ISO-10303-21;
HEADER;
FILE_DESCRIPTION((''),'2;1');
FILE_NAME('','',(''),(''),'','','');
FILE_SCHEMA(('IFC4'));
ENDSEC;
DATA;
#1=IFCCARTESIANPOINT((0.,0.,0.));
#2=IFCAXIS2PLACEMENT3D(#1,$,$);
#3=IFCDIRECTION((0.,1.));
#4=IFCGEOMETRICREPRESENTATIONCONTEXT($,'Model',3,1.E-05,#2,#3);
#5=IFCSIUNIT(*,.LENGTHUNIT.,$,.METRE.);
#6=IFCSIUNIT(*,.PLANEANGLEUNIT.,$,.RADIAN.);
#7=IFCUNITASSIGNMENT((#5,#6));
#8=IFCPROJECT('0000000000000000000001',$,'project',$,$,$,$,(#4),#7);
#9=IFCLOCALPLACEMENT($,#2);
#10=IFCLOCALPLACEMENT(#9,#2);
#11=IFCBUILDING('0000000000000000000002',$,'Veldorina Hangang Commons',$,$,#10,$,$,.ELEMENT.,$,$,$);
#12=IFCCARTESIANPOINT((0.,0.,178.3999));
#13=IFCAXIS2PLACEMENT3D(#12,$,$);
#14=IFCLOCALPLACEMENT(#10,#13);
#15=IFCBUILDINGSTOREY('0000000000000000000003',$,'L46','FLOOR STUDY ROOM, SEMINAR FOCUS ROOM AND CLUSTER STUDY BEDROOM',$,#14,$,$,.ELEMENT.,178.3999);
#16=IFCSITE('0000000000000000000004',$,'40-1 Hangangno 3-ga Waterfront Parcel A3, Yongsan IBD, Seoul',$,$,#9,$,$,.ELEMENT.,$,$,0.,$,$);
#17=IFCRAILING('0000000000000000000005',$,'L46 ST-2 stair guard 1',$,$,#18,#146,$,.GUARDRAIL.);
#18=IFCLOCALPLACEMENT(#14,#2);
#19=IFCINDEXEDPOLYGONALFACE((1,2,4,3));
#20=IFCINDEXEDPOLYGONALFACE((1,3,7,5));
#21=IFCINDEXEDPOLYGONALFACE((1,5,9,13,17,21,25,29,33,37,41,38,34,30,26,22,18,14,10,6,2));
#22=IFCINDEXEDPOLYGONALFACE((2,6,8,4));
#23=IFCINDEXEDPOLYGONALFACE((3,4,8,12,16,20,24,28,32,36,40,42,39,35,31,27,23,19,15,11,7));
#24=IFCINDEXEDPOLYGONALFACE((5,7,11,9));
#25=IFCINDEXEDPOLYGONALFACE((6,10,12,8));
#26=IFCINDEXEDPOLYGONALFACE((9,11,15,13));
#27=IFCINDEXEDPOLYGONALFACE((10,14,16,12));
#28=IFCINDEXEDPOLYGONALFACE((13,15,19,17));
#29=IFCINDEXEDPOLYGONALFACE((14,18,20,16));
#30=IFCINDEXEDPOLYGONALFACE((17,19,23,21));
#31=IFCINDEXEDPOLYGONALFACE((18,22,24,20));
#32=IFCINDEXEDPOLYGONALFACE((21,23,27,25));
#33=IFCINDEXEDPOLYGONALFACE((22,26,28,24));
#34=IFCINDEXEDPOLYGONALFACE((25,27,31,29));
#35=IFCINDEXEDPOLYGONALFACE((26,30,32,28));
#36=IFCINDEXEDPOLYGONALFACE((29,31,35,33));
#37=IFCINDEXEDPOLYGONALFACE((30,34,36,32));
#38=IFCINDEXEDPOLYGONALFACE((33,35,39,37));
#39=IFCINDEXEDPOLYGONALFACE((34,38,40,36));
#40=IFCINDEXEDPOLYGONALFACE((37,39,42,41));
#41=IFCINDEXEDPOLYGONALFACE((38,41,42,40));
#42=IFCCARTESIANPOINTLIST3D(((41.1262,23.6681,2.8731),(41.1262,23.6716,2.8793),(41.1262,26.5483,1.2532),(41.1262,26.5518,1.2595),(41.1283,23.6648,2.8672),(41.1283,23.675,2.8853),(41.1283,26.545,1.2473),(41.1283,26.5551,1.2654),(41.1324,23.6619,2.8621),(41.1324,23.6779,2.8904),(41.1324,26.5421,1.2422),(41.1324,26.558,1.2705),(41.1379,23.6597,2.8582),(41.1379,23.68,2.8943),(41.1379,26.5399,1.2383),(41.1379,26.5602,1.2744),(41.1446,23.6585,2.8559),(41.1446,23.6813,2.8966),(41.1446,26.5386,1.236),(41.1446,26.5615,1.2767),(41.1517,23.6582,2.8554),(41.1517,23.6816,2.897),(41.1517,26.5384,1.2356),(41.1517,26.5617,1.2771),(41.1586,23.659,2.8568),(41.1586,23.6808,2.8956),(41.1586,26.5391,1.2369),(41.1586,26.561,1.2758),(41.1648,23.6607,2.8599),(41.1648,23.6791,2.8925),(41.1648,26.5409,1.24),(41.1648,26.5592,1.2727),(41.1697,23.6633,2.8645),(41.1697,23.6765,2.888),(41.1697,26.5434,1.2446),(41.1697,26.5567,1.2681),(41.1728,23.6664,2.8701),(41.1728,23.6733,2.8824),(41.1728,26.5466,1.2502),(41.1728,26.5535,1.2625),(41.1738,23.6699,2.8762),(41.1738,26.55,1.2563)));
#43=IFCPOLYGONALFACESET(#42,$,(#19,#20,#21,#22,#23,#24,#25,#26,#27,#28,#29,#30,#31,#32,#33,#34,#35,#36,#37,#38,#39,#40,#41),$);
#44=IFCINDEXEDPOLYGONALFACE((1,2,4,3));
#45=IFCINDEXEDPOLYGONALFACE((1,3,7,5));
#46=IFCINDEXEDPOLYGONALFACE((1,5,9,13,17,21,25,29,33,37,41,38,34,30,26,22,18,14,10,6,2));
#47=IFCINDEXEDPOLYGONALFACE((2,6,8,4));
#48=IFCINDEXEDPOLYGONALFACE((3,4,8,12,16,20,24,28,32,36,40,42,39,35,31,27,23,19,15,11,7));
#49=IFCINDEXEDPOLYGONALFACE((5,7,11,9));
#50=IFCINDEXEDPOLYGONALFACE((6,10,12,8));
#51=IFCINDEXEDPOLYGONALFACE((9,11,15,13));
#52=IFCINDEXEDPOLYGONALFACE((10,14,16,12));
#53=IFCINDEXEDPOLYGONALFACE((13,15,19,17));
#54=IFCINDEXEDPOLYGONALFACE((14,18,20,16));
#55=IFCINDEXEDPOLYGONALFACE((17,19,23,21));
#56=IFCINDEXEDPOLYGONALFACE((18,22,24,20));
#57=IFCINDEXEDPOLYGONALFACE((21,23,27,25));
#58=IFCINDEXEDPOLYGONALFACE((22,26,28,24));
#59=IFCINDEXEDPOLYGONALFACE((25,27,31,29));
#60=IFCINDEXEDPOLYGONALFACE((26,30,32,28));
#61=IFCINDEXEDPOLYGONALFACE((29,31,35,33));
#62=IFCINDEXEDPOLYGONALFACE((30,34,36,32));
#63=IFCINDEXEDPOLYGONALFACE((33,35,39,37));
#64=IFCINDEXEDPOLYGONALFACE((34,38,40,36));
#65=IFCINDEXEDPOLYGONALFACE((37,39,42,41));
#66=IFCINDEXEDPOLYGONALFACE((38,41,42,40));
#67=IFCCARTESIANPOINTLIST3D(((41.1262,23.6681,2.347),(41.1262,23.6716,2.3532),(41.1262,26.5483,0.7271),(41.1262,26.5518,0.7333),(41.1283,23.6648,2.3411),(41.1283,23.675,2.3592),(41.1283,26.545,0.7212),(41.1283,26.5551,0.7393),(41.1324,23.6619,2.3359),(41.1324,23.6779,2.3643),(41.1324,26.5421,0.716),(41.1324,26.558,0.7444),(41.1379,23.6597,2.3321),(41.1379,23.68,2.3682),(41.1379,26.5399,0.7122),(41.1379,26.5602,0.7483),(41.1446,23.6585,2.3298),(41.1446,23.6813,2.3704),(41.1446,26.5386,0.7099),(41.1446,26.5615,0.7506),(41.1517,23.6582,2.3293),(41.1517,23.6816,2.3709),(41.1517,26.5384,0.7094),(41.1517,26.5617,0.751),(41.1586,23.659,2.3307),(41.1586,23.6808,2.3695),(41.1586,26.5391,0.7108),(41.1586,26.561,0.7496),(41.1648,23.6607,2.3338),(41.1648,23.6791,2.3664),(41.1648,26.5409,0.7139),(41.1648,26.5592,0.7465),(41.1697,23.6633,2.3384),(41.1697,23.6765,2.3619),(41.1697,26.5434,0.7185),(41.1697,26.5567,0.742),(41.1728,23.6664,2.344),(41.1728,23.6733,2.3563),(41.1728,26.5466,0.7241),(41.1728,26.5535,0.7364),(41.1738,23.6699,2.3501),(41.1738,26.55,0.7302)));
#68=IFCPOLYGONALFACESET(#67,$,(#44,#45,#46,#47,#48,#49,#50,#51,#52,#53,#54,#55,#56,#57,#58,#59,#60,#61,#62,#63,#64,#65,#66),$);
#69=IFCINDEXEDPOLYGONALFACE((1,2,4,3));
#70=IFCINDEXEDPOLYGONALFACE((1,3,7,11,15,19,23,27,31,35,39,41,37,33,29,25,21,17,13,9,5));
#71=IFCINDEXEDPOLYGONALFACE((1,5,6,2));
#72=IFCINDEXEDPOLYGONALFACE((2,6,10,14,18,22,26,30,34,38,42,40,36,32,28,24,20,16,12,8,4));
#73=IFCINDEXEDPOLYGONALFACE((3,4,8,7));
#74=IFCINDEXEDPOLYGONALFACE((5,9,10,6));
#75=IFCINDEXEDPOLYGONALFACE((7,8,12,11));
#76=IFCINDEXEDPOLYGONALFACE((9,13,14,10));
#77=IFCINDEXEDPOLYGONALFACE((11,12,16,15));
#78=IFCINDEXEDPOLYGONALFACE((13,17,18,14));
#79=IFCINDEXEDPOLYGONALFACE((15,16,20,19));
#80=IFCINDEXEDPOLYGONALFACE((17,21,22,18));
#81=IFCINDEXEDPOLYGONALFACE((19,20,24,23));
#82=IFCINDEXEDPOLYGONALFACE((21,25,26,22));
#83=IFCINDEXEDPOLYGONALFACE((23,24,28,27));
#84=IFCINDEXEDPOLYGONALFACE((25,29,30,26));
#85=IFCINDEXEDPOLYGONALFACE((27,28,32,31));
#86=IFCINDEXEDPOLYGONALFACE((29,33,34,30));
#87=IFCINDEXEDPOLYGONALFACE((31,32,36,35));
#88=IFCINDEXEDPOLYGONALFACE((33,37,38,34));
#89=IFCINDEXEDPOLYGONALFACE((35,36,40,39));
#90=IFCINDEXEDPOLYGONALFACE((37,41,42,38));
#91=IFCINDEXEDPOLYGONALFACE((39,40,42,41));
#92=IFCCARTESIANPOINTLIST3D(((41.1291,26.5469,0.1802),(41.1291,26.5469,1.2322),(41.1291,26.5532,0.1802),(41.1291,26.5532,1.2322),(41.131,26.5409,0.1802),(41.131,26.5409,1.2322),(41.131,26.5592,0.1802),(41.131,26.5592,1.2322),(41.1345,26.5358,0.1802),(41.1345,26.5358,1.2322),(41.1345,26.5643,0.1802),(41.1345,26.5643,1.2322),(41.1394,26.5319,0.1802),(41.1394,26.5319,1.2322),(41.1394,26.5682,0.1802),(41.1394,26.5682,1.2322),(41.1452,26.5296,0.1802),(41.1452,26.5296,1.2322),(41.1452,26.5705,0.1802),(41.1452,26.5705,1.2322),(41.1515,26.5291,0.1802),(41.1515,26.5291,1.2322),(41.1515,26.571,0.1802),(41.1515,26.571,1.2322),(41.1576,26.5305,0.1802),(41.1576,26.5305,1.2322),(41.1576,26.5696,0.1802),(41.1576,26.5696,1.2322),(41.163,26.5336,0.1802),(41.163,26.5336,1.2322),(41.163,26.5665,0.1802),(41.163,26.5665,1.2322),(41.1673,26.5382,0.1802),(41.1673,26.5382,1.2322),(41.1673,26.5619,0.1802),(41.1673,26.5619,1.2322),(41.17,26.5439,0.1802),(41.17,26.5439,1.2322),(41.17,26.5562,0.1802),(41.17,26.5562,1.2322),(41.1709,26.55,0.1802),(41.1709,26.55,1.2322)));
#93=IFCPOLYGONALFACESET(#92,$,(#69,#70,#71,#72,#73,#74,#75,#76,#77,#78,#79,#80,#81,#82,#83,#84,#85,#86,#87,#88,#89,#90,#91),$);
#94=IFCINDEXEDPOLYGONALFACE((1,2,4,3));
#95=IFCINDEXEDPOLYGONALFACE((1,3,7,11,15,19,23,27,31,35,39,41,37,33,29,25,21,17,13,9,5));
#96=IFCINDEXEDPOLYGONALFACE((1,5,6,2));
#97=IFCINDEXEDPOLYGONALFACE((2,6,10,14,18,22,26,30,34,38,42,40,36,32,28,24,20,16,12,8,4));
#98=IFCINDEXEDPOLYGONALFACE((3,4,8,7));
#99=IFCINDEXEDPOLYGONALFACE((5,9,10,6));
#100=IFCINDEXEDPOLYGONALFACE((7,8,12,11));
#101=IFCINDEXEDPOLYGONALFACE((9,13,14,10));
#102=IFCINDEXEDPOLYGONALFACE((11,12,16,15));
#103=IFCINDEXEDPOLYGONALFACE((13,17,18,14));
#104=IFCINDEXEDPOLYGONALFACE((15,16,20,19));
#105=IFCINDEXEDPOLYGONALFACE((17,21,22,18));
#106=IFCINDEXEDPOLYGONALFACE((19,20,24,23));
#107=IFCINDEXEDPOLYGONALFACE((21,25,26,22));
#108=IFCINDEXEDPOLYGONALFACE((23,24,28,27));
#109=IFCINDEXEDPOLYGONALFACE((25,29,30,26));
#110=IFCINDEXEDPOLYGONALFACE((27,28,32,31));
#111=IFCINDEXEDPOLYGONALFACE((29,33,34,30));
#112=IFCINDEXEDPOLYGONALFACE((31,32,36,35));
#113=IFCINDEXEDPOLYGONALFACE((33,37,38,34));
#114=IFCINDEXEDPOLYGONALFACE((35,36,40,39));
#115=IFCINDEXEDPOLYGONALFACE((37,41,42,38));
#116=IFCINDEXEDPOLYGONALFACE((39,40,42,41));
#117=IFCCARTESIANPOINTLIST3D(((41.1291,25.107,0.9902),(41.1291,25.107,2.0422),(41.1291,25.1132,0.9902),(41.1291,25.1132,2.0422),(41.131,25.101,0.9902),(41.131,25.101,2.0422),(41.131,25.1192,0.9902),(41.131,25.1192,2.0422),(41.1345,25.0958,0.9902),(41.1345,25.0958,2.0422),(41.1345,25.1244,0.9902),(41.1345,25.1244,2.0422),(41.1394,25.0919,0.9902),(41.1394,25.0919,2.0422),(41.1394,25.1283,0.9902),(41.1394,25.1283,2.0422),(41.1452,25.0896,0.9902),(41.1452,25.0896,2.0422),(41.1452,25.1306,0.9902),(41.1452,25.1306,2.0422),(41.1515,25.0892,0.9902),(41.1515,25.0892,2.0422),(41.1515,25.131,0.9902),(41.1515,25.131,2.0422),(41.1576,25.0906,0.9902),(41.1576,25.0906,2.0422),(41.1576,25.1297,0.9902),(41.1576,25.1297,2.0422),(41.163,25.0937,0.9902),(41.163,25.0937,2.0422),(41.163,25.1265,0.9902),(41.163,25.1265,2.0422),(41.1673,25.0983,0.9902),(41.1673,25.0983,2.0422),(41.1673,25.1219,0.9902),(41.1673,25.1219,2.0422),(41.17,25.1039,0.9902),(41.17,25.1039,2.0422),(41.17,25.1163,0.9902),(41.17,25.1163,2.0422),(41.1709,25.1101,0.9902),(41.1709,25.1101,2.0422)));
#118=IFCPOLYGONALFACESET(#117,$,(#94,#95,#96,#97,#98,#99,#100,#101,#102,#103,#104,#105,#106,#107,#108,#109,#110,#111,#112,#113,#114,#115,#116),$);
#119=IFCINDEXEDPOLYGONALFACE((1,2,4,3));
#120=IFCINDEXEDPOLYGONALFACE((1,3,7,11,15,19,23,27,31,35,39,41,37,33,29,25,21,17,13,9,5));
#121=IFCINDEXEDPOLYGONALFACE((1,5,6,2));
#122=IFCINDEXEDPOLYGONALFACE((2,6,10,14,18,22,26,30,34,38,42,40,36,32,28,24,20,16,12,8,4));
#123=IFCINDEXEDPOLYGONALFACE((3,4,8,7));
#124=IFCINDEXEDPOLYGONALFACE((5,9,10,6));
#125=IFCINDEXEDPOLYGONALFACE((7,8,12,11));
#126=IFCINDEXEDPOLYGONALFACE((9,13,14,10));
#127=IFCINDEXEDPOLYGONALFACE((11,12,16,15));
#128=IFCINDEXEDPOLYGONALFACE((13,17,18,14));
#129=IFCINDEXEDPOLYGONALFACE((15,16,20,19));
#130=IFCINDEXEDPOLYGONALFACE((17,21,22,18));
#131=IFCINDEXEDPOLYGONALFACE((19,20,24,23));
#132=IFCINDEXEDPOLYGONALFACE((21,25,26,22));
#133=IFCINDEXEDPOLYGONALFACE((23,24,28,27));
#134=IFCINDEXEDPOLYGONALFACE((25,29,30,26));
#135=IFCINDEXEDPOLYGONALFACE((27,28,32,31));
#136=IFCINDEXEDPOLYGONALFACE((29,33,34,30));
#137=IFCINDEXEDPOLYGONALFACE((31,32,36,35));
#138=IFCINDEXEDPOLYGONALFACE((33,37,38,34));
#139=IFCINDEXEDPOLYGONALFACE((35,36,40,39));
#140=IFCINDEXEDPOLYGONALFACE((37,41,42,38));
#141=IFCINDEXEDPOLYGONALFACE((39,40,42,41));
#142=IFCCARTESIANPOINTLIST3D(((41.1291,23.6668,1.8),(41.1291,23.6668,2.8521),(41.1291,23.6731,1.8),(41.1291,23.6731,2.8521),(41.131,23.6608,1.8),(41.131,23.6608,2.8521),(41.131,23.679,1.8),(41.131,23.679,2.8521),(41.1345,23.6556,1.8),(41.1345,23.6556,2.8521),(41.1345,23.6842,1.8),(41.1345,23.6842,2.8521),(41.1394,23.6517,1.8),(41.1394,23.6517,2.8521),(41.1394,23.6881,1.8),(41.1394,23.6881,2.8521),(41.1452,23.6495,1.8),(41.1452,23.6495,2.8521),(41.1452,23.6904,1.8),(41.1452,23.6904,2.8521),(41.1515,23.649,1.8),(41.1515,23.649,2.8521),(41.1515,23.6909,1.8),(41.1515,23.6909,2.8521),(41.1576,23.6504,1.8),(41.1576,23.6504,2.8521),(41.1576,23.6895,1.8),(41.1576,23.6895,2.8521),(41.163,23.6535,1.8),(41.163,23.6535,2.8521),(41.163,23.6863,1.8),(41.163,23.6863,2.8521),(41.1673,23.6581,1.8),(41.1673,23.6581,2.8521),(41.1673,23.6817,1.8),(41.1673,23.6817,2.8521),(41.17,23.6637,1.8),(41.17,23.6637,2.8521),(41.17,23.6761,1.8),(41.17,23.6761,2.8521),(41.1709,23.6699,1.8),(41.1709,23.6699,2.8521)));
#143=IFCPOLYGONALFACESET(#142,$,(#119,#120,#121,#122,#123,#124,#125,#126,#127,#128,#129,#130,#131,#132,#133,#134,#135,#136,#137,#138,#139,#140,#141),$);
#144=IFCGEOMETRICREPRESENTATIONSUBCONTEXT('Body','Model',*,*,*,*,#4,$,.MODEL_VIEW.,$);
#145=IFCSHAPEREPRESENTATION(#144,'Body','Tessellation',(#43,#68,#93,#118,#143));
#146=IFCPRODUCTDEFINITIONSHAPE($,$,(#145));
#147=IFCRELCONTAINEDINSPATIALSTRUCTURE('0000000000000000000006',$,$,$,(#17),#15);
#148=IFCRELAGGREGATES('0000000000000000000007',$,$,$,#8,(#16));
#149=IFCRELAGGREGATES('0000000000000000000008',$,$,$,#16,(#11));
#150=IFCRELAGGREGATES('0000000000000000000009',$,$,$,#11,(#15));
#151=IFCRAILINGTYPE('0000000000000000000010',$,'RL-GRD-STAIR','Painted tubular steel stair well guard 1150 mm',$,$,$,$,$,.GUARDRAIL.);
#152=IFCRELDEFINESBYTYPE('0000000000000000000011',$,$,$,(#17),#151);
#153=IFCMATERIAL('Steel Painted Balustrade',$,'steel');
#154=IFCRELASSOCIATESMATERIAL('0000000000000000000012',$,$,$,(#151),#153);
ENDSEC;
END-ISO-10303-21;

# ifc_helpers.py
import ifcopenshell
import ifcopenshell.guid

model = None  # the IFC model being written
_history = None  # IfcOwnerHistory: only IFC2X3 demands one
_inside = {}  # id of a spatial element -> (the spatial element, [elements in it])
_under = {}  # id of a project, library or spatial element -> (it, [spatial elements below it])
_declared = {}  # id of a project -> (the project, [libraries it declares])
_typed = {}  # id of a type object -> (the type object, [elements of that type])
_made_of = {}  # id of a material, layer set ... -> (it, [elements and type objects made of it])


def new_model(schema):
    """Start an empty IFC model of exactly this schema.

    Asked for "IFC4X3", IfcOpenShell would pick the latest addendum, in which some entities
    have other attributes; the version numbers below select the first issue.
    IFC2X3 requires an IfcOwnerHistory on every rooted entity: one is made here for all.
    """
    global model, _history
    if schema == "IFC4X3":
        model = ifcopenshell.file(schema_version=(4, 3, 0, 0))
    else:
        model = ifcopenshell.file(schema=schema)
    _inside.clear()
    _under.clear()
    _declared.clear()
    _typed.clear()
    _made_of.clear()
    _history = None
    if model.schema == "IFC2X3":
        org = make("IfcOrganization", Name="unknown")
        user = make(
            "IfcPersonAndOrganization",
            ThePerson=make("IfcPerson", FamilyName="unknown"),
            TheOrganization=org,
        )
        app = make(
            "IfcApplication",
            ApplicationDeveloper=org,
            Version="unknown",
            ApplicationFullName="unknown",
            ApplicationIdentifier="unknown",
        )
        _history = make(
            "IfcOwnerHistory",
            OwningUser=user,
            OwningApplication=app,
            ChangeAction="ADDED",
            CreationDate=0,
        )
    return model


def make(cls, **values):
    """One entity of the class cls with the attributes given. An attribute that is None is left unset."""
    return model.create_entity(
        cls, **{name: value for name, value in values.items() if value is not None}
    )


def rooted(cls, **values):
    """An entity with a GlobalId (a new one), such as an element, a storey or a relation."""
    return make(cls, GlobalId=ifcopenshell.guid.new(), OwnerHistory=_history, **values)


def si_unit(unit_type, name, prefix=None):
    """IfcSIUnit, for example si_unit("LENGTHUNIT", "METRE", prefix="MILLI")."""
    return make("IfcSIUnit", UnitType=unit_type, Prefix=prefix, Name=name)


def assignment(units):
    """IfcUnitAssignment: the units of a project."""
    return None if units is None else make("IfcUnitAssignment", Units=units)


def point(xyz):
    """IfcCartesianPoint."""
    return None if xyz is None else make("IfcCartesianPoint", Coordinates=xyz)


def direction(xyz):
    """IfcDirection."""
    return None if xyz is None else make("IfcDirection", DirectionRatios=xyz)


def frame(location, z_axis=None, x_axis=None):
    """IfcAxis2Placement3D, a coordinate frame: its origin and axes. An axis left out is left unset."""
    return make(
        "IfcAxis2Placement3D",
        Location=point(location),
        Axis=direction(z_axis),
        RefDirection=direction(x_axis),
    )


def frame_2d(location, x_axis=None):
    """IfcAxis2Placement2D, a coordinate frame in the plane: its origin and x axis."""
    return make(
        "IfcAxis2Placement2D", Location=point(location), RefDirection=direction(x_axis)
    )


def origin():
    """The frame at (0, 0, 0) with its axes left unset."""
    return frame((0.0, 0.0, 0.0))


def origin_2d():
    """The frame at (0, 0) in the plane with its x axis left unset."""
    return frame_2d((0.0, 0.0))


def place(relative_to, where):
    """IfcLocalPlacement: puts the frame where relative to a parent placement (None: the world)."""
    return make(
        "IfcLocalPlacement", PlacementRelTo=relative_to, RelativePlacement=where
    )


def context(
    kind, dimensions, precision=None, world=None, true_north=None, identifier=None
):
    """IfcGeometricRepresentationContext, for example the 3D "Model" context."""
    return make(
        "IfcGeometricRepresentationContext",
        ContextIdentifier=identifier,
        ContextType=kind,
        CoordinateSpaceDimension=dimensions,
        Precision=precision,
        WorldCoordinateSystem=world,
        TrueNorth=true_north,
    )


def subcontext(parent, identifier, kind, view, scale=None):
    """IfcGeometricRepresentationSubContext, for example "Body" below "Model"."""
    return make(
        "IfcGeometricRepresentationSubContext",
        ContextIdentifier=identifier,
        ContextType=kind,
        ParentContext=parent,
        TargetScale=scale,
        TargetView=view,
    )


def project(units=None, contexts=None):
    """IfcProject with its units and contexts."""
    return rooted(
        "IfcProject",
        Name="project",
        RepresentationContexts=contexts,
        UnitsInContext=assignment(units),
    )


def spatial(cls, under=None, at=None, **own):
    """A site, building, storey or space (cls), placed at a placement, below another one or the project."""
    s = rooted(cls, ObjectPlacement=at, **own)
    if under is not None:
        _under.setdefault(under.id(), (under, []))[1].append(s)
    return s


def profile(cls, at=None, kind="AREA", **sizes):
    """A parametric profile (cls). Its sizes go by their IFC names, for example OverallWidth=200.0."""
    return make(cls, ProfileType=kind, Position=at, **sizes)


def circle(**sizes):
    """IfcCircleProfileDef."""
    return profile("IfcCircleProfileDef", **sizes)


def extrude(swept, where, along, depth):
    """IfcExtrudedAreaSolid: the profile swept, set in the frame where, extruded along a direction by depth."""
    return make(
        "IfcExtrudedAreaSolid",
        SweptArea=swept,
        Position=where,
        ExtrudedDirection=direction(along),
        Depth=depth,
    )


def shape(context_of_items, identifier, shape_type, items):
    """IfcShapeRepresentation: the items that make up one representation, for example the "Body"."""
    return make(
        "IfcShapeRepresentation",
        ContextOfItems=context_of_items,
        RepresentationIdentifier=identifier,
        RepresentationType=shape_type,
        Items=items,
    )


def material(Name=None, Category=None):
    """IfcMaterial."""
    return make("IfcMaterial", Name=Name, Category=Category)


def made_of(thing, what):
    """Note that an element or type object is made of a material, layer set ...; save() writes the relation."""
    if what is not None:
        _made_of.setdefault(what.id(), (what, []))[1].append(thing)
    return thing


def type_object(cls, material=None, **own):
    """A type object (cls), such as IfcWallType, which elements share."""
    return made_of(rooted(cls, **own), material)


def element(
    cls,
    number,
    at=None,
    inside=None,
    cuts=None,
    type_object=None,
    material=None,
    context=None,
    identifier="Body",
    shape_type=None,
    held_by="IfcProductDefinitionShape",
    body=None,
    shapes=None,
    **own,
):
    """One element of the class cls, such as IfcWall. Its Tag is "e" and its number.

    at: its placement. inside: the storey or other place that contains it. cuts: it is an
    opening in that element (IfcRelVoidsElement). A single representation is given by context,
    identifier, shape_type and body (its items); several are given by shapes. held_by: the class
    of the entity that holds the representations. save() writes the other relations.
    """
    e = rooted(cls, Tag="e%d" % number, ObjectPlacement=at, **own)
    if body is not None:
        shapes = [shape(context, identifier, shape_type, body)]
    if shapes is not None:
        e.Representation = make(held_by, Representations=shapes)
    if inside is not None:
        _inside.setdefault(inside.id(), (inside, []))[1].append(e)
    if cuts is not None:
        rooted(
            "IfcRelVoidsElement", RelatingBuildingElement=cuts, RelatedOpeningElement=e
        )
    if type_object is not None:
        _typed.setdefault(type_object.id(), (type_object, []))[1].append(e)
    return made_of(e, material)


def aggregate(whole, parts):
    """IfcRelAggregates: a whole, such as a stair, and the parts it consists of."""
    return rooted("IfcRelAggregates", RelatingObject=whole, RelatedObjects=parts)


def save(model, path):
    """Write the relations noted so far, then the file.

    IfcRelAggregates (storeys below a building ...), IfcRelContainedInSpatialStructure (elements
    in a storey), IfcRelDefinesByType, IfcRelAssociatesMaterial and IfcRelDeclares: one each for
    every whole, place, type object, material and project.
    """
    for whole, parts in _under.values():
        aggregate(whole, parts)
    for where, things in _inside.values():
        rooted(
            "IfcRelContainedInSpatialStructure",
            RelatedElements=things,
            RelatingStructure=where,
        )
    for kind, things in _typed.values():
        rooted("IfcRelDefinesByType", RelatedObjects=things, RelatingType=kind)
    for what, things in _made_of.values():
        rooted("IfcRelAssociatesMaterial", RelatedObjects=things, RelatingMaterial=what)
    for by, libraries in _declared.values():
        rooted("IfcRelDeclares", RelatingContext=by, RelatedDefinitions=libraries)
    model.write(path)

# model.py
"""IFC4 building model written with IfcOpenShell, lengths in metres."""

from ifc_helpers import new_model, si_unit, direction, frame, origin, origin_2d, place, context, subcontext, project, spatial, circle, extrude, material, type_object, element, save


model = new_model("IFC4")

# Units and contexts
model_context = context("Model", 3, precision=1e-05, world=origin(), true_north=direction((0.0, 1.0)))
body_context = subcontext(model_context, "Body", "Model", "MODEL_VIEW")
ifc_project = project(units=[si_unit("LENGTHUNIT", "METRE"), si_unit("PLANEANGLEUNIT", "RADIAN")], contexts=[model_context])

# Site, building, storey
site_placement = place(None, origin())
site = spatial("IfcSite", under=ifc_project, at=site_placement, Name="40-1 Hangangno 3-ga Waterfront Parcel A3, Yongsan IBD, Seoul", CompositionType="ELEMENT", RefElevation=0.0)
building_placement = place(site_placement, origin())
building = spatial("IfcBuilding", under=site, at=building_placement, Name="Veldorina Hangang Commons", CompositionType="ELEMENT")
storey_placement = place(building_placement, frame((0.0, 0.0, 178.3999)))
storey = spatial("IfcBuildingStorey", under=building, at=storey_placement, Name="L46", Description="FLOOR STUDY ROOM, SEMINAR FOCUS ROOM AND CLUSTER STUDY BEDROOM", CompositionType="ELEMENT", Elevation=178.3999)

# Railing
ifc_material_1 = material(Name="Steel Painted Balustrade", Category="steel")
railing_type_1 = type_object("IfcRailingType", Name="RL-GRD-STAIR", Description="Painted tubular steel stair well guard 1150 mm", PredefinedType="GUARDRAIL", material=ifc_material_1)
railing_1_placement = place(storey_placement, frame((41.1499, 26.55, 0.1802)))
element("IfcRailing", 1, at=railing_1_placement, inside=storey, type_object=railing_type_1, Name="L46 ST-2 stair guard 1", PredefinedType="GUARDRAIL", context=body_context, shape_type="SweptSolid", body=[
    extrude(circle(Radius=0.0239, at=origin_2d()), frame((0.0, 0.0, 1.0762), z_axis=(0.0, -0.871601, 0.490216), x_axis=(1.0, 0.0, 0.0)), (0.0, 0.0, 1.0), 3.3044),
    extrude(circle(Radius=0.0239, at=origin_2d()), frame((0.0, 0.0, 0.55), z_axis=(0.0, -0.871601, 0.490216), x_axis=(1.0, 0.0, 0.0)), (0.0, 0.0, 1.0), 3.3044),
    extrude(circle(Radius=0.021, at=origin_2d()), origin(), (0.0, 0.0, 1.0), 1.052),
    extrude(circle(Radius=0.021, at=origin_2d()), frame((0.0, -1.4399, 0.8101)), (0.0, 0.0, 1.0), 1.052),
    extrude(circle(Radius=0.021, at=origin_2d()), frame((0.0, -2.8801, 1.6199)), (0.0, 0.0, 1.0), 1.052),
])

save(model, "model.ifc")
